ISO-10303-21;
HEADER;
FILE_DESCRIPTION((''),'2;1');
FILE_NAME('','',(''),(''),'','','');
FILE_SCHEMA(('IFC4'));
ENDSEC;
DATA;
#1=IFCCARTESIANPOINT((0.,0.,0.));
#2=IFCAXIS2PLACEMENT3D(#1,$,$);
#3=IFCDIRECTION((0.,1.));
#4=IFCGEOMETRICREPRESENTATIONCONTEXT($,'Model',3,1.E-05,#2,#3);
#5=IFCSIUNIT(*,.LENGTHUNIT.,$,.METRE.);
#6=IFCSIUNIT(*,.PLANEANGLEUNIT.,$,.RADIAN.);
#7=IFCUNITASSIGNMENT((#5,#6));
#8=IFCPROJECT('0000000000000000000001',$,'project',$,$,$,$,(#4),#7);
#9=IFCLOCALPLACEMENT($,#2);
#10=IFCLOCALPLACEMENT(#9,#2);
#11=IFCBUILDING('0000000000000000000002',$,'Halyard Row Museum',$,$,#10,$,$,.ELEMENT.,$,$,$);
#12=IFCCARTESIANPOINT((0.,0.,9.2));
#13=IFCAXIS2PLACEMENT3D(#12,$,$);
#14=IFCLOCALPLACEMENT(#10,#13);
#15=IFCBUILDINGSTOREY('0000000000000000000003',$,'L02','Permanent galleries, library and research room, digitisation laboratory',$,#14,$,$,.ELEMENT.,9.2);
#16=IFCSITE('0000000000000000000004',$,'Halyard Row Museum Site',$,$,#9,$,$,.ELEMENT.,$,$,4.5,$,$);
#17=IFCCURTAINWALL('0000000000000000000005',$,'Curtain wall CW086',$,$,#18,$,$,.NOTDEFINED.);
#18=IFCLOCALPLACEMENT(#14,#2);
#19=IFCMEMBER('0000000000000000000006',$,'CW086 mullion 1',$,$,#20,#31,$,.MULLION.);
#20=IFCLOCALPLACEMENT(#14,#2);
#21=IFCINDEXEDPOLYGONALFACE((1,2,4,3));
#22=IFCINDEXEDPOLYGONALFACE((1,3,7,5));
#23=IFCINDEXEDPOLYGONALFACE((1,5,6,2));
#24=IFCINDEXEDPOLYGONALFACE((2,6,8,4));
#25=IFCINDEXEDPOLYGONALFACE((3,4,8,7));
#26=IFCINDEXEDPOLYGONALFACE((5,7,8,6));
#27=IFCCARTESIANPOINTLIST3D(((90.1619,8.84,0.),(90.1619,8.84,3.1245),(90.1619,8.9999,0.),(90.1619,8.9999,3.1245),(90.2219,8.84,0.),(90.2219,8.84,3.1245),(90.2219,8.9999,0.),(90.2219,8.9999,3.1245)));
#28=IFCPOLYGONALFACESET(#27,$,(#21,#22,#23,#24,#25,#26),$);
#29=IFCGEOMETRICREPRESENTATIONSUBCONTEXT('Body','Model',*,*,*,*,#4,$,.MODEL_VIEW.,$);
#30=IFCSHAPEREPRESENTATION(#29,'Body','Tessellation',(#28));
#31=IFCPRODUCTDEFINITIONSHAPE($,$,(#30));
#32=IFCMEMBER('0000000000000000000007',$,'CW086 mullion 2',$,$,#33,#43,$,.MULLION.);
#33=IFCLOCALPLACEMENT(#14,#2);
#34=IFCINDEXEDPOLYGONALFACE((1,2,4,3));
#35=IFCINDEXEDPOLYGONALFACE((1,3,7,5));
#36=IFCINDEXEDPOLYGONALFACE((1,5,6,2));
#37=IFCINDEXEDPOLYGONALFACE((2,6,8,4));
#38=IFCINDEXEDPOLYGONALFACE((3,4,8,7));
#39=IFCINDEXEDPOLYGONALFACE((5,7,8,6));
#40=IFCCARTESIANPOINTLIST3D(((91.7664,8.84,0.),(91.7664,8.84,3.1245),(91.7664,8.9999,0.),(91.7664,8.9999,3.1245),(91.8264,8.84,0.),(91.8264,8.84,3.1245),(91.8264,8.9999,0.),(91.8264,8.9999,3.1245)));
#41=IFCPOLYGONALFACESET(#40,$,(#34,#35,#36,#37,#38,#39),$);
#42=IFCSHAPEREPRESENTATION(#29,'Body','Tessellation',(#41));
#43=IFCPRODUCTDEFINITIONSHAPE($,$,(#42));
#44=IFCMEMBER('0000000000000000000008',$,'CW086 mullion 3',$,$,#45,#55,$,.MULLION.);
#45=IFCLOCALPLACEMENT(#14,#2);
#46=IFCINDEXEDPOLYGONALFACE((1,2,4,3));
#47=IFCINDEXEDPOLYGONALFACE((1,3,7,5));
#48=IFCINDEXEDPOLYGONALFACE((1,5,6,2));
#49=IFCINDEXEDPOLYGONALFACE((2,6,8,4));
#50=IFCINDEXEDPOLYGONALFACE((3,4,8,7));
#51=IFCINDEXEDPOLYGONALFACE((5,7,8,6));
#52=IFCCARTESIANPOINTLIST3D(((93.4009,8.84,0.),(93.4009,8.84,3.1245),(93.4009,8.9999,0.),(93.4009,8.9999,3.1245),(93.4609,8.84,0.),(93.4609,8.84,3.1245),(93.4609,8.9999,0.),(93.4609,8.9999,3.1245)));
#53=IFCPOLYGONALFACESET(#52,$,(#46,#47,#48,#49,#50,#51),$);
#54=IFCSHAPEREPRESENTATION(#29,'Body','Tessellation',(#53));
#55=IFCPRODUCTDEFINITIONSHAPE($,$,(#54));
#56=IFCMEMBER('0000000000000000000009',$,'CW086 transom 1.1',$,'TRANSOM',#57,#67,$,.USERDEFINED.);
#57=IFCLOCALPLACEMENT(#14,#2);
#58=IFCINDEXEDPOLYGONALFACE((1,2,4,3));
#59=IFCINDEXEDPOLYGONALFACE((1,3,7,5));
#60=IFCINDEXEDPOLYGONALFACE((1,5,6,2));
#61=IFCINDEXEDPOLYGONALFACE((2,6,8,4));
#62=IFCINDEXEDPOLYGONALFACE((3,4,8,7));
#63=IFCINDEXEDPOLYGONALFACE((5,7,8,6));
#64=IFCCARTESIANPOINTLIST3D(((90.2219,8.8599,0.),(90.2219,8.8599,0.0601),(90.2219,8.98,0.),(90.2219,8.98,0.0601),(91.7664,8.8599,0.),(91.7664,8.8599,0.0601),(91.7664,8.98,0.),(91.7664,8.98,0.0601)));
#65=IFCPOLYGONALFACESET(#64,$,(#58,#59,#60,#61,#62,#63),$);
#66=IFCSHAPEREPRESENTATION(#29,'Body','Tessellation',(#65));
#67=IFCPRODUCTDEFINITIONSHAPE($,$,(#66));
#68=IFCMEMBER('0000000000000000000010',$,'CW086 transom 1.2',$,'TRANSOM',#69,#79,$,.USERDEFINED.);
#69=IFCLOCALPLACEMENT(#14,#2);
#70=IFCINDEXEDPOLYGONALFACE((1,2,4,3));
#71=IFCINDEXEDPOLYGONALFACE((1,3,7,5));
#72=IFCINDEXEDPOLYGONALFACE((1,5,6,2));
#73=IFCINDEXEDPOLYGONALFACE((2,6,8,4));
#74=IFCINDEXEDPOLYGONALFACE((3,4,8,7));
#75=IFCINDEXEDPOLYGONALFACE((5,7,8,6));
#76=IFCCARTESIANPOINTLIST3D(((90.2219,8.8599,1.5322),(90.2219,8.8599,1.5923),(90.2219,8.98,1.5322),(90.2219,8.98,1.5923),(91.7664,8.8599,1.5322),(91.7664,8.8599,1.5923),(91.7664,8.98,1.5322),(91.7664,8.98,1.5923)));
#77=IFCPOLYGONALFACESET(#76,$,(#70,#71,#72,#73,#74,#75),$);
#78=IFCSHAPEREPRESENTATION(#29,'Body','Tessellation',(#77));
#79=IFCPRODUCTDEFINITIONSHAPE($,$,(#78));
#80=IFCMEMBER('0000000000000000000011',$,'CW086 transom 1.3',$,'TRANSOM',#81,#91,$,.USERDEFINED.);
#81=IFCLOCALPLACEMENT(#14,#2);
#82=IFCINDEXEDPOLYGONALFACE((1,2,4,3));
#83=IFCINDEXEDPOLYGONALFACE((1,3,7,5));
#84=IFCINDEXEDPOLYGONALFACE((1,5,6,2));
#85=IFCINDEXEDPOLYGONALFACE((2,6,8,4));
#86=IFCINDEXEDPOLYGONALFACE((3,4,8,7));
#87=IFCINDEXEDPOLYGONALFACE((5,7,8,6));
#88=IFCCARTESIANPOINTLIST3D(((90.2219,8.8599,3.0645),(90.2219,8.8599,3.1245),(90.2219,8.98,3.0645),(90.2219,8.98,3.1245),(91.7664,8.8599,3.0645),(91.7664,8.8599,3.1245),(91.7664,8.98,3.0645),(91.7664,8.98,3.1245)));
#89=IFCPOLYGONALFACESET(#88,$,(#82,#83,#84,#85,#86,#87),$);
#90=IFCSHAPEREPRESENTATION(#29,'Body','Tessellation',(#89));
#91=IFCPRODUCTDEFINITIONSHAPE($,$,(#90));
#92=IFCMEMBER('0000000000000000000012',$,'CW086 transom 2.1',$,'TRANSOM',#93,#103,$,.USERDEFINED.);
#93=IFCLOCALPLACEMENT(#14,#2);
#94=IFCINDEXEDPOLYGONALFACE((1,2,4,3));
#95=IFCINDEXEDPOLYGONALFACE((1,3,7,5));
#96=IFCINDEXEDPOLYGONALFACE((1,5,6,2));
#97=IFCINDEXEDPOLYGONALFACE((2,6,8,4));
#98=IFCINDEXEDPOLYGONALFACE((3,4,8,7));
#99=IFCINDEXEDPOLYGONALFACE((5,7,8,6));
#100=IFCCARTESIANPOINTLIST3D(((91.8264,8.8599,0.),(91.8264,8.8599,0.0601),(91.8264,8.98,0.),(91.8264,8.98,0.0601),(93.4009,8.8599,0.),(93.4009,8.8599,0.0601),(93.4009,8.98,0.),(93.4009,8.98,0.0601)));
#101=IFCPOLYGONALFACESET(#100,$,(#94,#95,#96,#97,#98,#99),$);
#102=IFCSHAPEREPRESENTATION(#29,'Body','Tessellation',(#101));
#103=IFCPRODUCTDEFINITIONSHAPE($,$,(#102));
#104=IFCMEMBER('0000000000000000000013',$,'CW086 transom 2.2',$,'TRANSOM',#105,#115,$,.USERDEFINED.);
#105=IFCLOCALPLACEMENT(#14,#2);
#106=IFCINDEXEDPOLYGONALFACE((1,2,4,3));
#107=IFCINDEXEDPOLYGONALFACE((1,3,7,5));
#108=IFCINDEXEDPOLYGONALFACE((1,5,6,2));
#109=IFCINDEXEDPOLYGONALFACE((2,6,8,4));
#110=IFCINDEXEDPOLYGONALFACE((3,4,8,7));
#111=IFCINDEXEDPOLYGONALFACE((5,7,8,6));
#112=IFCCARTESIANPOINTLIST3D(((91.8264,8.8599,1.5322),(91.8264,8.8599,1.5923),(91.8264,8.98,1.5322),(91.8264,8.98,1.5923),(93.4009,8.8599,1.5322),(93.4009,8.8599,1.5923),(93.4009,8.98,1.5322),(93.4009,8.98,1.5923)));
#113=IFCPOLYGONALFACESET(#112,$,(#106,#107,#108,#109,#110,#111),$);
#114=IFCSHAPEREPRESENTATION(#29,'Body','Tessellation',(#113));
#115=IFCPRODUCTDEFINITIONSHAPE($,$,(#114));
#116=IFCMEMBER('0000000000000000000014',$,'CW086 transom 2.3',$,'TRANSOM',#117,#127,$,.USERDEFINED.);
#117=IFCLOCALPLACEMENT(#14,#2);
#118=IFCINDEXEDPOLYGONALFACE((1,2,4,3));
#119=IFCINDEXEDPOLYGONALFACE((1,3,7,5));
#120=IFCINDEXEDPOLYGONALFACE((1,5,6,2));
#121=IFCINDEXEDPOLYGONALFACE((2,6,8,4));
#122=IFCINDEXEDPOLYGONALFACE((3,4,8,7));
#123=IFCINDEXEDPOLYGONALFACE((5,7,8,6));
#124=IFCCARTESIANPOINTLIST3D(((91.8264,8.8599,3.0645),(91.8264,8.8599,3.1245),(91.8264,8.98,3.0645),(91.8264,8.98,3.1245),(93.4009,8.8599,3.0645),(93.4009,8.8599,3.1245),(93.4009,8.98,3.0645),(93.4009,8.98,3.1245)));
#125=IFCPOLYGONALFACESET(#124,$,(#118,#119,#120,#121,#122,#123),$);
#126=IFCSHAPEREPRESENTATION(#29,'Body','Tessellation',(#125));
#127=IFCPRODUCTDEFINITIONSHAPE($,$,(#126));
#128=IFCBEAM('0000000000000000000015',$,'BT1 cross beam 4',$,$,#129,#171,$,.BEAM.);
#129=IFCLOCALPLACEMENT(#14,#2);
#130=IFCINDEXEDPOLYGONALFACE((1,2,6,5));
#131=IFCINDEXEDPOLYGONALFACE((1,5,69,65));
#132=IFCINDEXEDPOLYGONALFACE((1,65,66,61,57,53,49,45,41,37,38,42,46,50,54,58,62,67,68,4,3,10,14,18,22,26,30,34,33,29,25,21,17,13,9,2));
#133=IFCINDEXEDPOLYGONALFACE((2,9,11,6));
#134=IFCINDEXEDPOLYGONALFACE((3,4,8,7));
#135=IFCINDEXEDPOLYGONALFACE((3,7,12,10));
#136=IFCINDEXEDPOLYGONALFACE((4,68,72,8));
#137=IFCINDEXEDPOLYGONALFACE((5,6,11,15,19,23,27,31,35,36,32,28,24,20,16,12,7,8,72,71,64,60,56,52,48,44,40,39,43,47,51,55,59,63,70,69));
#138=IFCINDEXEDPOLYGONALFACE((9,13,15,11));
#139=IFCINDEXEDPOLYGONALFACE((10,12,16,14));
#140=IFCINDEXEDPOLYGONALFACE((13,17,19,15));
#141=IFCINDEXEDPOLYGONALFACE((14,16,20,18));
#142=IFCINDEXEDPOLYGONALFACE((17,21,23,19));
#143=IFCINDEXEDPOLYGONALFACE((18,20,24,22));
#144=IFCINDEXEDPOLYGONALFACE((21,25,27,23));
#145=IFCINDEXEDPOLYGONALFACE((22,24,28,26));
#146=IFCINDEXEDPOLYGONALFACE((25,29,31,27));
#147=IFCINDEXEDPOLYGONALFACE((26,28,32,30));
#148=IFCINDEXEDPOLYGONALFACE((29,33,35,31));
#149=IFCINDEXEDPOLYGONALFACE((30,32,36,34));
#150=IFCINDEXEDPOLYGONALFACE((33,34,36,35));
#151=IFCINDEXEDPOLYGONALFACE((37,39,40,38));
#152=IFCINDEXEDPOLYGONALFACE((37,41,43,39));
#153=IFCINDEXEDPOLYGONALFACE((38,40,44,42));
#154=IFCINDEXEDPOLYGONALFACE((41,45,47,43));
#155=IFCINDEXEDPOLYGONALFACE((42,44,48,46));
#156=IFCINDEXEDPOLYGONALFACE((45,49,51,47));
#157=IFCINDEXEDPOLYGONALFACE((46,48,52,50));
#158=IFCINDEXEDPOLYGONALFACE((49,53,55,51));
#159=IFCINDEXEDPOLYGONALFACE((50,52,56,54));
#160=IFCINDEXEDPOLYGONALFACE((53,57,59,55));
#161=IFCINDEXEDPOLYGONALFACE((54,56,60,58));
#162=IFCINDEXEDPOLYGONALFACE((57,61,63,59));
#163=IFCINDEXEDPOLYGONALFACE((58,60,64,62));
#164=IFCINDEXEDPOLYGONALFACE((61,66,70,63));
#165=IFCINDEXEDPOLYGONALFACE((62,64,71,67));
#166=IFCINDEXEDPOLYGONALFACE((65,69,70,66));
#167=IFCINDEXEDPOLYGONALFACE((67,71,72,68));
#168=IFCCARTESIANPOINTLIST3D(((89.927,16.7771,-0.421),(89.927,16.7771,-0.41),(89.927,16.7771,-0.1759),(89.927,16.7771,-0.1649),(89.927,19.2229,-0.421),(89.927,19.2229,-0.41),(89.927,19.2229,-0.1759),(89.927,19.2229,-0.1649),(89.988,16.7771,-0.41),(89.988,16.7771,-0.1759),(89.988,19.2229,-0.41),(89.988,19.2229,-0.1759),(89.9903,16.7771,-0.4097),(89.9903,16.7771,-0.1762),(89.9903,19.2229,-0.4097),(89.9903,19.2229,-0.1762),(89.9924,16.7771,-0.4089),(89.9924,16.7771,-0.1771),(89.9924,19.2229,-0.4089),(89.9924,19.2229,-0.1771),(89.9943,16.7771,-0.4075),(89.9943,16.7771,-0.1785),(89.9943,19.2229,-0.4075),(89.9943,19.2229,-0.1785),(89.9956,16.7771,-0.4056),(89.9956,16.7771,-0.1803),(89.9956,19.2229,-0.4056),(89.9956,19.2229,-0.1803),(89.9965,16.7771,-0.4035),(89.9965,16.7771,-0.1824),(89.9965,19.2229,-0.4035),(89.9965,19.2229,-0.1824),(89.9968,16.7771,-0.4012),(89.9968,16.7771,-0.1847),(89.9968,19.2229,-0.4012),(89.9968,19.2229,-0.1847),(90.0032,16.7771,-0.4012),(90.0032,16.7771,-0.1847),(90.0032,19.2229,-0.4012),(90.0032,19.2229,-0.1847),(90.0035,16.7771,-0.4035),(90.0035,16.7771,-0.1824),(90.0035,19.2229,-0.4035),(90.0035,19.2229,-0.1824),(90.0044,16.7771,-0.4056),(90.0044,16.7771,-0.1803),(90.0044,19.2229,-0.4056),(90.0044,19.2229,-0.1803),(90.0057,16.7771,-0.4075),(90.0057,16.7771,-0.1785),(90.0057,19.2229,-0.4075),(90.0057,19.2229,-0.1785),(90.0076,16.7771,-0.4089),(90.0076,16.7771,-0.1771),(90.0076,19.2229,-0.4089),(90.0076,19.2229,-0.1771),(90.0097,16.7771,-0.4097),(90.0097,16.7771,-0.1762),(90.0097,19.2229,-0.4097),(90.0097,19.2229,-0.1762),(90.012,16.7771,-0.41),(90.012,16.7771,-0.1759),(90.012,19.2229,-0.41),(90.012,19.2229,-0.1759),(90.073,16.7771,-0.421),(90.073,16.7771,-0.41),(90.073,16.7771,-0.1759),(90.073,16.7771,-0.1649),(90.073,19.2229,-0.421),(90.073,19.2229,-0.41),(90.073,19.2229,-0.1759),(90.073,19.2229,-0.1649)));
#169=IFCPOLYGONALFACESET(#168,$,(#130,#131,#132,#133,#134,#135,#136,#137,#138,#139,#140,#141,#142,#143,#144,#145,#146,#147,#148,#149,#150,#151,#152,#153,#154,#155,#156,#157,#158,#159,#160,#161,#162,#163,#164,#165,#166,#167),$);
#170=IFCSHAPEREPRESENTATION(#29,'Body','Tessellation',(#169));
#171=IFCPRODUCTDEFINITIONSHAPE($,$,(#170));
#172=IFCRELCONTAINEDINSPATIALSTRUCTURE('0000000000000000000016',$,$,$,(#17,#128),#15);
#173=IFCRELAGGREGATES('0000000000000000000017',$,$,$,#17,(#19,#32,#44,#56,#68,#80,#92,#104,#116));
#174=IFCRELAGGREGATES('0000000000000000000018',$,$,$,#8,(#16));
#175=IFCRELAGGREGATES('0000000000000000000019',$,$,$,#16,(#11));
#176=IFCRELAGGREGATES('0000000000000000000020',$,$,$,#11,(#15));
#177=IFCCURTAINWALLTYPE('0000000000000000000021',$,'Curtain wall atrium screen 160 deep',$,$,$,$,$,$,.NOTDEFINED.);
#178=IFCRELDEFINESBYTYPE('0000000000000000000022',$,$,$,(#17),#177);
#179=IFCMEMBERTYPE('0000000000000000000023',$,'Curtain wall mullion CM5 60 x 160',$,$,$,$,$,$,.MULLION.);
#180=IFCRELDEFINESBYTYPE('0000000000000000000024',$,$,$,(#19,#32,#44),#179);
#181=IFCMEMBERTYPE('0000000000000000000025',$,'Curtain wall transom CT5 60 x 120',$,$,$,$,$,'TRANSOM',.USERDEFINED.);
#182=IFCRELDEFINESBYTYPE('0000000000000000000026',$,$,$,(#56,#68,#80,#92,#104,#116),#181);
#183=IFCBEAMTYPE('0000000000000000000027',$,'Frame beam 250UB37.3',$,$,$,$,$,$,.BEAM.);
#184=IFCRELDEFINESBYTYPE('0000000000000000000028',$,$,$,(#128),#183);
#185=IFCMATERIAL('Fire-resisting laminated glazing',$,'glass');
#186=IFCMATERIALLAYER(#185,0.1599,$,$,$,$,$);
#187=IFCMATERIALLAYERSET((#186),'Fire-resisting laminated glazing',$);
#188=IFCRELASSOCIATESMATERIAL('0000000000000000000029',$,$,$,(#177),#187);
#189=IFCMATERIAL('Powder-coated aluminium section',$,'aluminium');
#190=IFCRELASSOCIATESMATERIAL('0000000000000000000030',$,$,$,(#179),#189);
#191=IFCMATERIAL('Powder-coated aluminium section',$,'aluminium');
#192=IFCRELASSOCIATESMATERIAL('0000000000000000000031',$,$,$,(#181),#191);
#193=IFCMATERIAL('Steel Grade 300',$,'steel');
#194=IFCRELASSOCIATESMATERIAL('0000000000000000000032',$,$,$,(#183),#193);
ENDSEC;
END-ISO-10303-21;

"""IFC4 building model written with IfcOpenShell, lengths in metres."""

from ifc_helpers import new_model, si_unit, direction, frame, origin, origin_2d, place, context, subcontext, project, spatial, rectangle, i_section, extrude, material, layer, layer_set, material_profile, profile_set, type_object, element, aggregate, save


model = new_model("IFC4")

# Units and contexts
model_context = context("Model", 3, precision=1e-05, world=origin(), true_north=direction((0.0, 1.0)))
body_context = subcontext(model_context, "Body", "Model", "MODEL_VIEW")
ifc_project = project(units=[si_unit("LENGTHUNIT", "METRE"), si_unit("PLANEANGLEUNIT", "RADIAN")], contexts=[model_context])

# Site, building, storey
site_placement = place(None, origin())
site = spatial("IfcSite", under=ifc_project, at=site_placement, Name="Halyard Row Museum Site", CompositionType="ELEMENT", RefElevation=4.5)
building_placement = place(site_placement, origin())
building = spatial("IfcBuilding", under=site, at=building_placement, Name="Halyard Row Museum", CompositionType="ELEMENT")
storey_placement = place(building_placement, frame((0.0, 0.0, 9.2)))
storey = spatial("IfcBuildingStorey", under=building, at=storey_placement, Name="L02", Description="Permanent galleries, library and research room, digitisation laboratory", CompositionType="ELEMENT", Elevation=9.2)

# Curtain wall, members
ifc_material_1 = material(Name="Fire-resisting laminated glazing", Category="glass")
ifc_layer_1 = layer(ifc_material_1, 0.1599)
ifc_layer_set_1 = layer_set([ifc_layer_1], Name="Fire-resisting laminated glazing")
curtain_wall_type = type_object("IfcCurtainWallType", Name="Curtain wall atrium screen 160 deep", PredefinedType="NOTDEFINED", material=ifc_layer_set_1)
curtain_wall_placement = place(storey_placement, origin())
curtain_wall = element("IfcCurtainWall", 1, at=curtain_wall_placement, inside=storey, type_object=curtain_wall_type, Name="Curtain wall CW086", PredefinedType="NOTDEFINED")
ifc_material_2 = material(Name="Powder-coated aluminium section", Category="aluminium")
ifc_material_profile_1 = material_profile(ifc_material_2, rectangle(XDim=0.1599, YDim=0.0601, at=origin_2d()), Name="160x60 mullion")
ifc_profile_set_1 = profile_set([ifc_material_profile_1], Name="Powder-coated aluminium section")
member_type_1 = type_object("IfcMemberType", Name="Curtain wall mullion CM5 60 x 160", PredefinedType="MULLION", material=ifc_profile_set_1)
member_1_placement = place(storey_placement, frame((90.1919, 8.9199, 0.0), z_axis=(0.0, 0.0, 1.0), x_axis=(0.0, 1.0, 0.0)))
member_1 = element("IfcMember", 2, at=member_1_placement, type_object=member_type_1, Name="CW086 mullion 1", PredefinedType="MULLION", context=body_context, shape_type="SweptSolid", body=[
    extrude(rectangle(XDim=0.1599, YDim=0.0601, at=origin_2d()), origin(), (0.0, 0.0, 1.0), 3.1245),
])
member_2_placement = place(storey_placement, frame((91.7964, 8.9199, 0.0), z_axis=(0.0, 0.0, 1.0), x_axis=(0.0, 1.0, 0.0)))
member_2 = element("IfcMember", 3, at=member_2_placement, type_object=member_type_1, Name="CW086 mullion 2", PredefinedType="MULLION", context=body_context, shape_type="SweptSolid", body=[
    extrude(rectangle(XDim=0.1599, YDim=0.0601, at=origin_2d()), origin(), (0.0, 0.0, 1.0), 3.1245),
])
member_3_placement = place(storey_placement, frame((93.4309, 8.9199, 0.0), z_axis=(0.0, 0.0, 1.0), x_axis=(0.0, 1.0, 0.0)))
member_3 = element("IfcMember", 4, at=member_3_placement, type_object=member_type_1, Name="CW086 mullion 3", PredefinedType="MULLION", context=body_context, shape_type="SweptSolid", body=[
    extrude(rectangle(XDim=0.1599, YDim=0.0601, at=origin_2d()), origin(), (0.0, 0.0, 1.0), 3.1245),
])
ifc_material_3 = material(Name="Powder-coated aluminium section", Category="aluminium")
ifc_material_profile_2 = material_profile(ifc_material_3, rectangle(XDim=0.1201, YDim=0.0601, at=origin_2d()), Name="120x60 transom")
ifc_profile_set_2 = profile_set([ifc_material_profile_2], Name="Powder-coated aluminium section")
member_type_2 = type_object("IfcMemberType", Name="Curtain wall transom CT5 60 x 120", ElementType="TRANSOM", PredefinedType="USERDEFINED", material=ifc_profile_set_2)
member_4_placement = place(storey_placement, frame((90.2219, 8.9199, 0.03), z_axis=(1.0, 0.0, 0.0), x_axis=(0.0, 1.0, 0.0)))
member_4 = element("IfcMember", 5, at=member_4_placement, type_object=member_type_2, Name="CW086 transom 1.1", ObjectType="TRANSOM", PredefinedType="USERDEFINED", context=body_context, shape_type="SweptSolid", body=[
    extrude(rectangle(XDim=0.1201, YDim=0.0601, at=origin_2d()), origin(), (0.0, 0.0, 1.0), 1.5444),
])
member_5_placement = place(storey_placement, frame((90.2219, 8.9199, 1.5623), z_axis=(1.0, 0.0, 0.0), x_axis=(0.0, 1.0, 0.0)))
member_5 = element("IfcMember", 6, at=member_5_placement, type_object=member_type_2, Name="CW086 transom 1.2", ObjectType="TRANSOM", PredefinedType="USERDEFINED", context=body_context, shape_type="SweptSolid", body=[
    extrude(rectangle(XDim=0.1201, YDim=0.0601, at=origin_2d()), origin(), (0.0, 0.0, 1.0), 1.5444),
])
member_6_placement = place(storey_placement, frame((90.2219, 8.9199, 3.0945), z_axis=(1.0, 0.0, 0.0), x_axis=(0.0, 1.0, 0.0)))
member_6 = element("IfcMember", 7, at=member_6_placement, type_object=member_type_2, Name="CW086 transom 1.3", ObjectType="TRANSOM", PredefinedType="USERDEFINED", context=body_context, shape_type="SweptSolid", body=[
    extrude(rectangle(XDim=0.1201, YDim=0.0601, at=origin_2d()), origin(), (0.0, 0.0, 1.0), 1.5444),
])
member_7_placement = place(storey_placement, frame((91.8264, 8.9199, 0.03), z_axis=(1.0, 0.0, 0.0), x_axis=(0.0, 1.0, 0.0)))
member_7 = element("IfcMember", 8, at=member_7_placement, type_object=member_type_2, Name="CW086 transom 2.1", ObjectType="TRANSOM", PredefinedType="USERDEFINED", context=body_context, shape_type="SweptSolid", body=[
    extrude(rectangle(XDim=0.1201, YDim=0.0601, at=origin_2d()), origin(), (0.0, 0.0, 1.0), 1.5745),
])
member_8_placement = place(storey_placement, frame((91.8264, 8.9199, 1.5623), z_axis=(1.0, 0.0, 0.0), x_axis=(0.0, 1.0, 0.0)))
member_8 = element("IfcMember", 9, at=member_8_placement, type_object=member_type_2, Name="CW086 transom 2.2", ObjectType="TRANSOM", PredefinedType="USERDEFINED", context=body_context, shape_type="SweptSolid", body=[
    extrude(rectangle(XDim=0.1201, YDim=0.0601, at=origin_2d()), origin(), (0.0, 0.0, 1.0), 1.5745),
])
member_9_placement = place(storey_placement, frame((91.8264, 8.9199, 3.0945), z_axis=(1.0, 0.0, 0.0), x_axis=(0.0, 1.0, 0.0)))
member_9 = element("IfcMember", 10, at=member_9_placement, type_object=member_type_2, Name="CW086 transom 2.3", ObjectType="TRANSOM", PredefinedType="USERDEFINED", context=body_context, shape_type="SweptSolid", body=[
    extrude(rectangle(XDim=0.1201, YDim=0.0601, at=origin_2d()), origin(), (0.0, 0.0, 1.0), 1.5745),
])

# Beam
ifc_material_4 = material(Name="Steel Grade 300", Category="steel")
ifc_material_profile_3 = material_profile(ifc_material_4, i_section(OverallWidth=0.146, OverallDepth=0.2561, WebThickness=0.0063, FlangeThickness=0.011, FilletRadius=0.0088, at=origin_2d()), Name="250UB37.3")
ifc_profile_set_3 = profile_set([ifc_material_profile_3], Name="Steel Grade 300")
beam_type_1 = type_object("IfcBeamType", Name="Frame beam 250UB37.3", PredefinedType="BEAM", material=ifc_profile_set_3)
for number, where, z_axis, x_axis, name in (
    (11, (90.0, 16.7771, -0.293), (0.0, 1.0, 0.0), (-1.0, 0.0, 0.0), "BT1 cross beam 4"),
):
    element("IfcBeam", number, at=place(storey_placement, frame(where, z_axis=z_axis, x_axis=x_axis)), inside=storey, type_object=beam_type_1, Name=name, PredefinedType="BEAM", context=body_context, shape_type="SweptSolid", body=[
        extrude(i_section(OverallWidth=0.146, OverallDepth=0.2561, WebThickness=0.0063, FlangeThickness=0.011, FilletRadius=0.0088, at=origin_2d()), origin(), (0.0, 0.0, 1.0), 2.4458),
    ])

aggregate(curtain_wall, [member_1, member_2, member_3, member_4, member_5, member_6, member_7, member_8, member_9])

save(model, "model.ifc")
